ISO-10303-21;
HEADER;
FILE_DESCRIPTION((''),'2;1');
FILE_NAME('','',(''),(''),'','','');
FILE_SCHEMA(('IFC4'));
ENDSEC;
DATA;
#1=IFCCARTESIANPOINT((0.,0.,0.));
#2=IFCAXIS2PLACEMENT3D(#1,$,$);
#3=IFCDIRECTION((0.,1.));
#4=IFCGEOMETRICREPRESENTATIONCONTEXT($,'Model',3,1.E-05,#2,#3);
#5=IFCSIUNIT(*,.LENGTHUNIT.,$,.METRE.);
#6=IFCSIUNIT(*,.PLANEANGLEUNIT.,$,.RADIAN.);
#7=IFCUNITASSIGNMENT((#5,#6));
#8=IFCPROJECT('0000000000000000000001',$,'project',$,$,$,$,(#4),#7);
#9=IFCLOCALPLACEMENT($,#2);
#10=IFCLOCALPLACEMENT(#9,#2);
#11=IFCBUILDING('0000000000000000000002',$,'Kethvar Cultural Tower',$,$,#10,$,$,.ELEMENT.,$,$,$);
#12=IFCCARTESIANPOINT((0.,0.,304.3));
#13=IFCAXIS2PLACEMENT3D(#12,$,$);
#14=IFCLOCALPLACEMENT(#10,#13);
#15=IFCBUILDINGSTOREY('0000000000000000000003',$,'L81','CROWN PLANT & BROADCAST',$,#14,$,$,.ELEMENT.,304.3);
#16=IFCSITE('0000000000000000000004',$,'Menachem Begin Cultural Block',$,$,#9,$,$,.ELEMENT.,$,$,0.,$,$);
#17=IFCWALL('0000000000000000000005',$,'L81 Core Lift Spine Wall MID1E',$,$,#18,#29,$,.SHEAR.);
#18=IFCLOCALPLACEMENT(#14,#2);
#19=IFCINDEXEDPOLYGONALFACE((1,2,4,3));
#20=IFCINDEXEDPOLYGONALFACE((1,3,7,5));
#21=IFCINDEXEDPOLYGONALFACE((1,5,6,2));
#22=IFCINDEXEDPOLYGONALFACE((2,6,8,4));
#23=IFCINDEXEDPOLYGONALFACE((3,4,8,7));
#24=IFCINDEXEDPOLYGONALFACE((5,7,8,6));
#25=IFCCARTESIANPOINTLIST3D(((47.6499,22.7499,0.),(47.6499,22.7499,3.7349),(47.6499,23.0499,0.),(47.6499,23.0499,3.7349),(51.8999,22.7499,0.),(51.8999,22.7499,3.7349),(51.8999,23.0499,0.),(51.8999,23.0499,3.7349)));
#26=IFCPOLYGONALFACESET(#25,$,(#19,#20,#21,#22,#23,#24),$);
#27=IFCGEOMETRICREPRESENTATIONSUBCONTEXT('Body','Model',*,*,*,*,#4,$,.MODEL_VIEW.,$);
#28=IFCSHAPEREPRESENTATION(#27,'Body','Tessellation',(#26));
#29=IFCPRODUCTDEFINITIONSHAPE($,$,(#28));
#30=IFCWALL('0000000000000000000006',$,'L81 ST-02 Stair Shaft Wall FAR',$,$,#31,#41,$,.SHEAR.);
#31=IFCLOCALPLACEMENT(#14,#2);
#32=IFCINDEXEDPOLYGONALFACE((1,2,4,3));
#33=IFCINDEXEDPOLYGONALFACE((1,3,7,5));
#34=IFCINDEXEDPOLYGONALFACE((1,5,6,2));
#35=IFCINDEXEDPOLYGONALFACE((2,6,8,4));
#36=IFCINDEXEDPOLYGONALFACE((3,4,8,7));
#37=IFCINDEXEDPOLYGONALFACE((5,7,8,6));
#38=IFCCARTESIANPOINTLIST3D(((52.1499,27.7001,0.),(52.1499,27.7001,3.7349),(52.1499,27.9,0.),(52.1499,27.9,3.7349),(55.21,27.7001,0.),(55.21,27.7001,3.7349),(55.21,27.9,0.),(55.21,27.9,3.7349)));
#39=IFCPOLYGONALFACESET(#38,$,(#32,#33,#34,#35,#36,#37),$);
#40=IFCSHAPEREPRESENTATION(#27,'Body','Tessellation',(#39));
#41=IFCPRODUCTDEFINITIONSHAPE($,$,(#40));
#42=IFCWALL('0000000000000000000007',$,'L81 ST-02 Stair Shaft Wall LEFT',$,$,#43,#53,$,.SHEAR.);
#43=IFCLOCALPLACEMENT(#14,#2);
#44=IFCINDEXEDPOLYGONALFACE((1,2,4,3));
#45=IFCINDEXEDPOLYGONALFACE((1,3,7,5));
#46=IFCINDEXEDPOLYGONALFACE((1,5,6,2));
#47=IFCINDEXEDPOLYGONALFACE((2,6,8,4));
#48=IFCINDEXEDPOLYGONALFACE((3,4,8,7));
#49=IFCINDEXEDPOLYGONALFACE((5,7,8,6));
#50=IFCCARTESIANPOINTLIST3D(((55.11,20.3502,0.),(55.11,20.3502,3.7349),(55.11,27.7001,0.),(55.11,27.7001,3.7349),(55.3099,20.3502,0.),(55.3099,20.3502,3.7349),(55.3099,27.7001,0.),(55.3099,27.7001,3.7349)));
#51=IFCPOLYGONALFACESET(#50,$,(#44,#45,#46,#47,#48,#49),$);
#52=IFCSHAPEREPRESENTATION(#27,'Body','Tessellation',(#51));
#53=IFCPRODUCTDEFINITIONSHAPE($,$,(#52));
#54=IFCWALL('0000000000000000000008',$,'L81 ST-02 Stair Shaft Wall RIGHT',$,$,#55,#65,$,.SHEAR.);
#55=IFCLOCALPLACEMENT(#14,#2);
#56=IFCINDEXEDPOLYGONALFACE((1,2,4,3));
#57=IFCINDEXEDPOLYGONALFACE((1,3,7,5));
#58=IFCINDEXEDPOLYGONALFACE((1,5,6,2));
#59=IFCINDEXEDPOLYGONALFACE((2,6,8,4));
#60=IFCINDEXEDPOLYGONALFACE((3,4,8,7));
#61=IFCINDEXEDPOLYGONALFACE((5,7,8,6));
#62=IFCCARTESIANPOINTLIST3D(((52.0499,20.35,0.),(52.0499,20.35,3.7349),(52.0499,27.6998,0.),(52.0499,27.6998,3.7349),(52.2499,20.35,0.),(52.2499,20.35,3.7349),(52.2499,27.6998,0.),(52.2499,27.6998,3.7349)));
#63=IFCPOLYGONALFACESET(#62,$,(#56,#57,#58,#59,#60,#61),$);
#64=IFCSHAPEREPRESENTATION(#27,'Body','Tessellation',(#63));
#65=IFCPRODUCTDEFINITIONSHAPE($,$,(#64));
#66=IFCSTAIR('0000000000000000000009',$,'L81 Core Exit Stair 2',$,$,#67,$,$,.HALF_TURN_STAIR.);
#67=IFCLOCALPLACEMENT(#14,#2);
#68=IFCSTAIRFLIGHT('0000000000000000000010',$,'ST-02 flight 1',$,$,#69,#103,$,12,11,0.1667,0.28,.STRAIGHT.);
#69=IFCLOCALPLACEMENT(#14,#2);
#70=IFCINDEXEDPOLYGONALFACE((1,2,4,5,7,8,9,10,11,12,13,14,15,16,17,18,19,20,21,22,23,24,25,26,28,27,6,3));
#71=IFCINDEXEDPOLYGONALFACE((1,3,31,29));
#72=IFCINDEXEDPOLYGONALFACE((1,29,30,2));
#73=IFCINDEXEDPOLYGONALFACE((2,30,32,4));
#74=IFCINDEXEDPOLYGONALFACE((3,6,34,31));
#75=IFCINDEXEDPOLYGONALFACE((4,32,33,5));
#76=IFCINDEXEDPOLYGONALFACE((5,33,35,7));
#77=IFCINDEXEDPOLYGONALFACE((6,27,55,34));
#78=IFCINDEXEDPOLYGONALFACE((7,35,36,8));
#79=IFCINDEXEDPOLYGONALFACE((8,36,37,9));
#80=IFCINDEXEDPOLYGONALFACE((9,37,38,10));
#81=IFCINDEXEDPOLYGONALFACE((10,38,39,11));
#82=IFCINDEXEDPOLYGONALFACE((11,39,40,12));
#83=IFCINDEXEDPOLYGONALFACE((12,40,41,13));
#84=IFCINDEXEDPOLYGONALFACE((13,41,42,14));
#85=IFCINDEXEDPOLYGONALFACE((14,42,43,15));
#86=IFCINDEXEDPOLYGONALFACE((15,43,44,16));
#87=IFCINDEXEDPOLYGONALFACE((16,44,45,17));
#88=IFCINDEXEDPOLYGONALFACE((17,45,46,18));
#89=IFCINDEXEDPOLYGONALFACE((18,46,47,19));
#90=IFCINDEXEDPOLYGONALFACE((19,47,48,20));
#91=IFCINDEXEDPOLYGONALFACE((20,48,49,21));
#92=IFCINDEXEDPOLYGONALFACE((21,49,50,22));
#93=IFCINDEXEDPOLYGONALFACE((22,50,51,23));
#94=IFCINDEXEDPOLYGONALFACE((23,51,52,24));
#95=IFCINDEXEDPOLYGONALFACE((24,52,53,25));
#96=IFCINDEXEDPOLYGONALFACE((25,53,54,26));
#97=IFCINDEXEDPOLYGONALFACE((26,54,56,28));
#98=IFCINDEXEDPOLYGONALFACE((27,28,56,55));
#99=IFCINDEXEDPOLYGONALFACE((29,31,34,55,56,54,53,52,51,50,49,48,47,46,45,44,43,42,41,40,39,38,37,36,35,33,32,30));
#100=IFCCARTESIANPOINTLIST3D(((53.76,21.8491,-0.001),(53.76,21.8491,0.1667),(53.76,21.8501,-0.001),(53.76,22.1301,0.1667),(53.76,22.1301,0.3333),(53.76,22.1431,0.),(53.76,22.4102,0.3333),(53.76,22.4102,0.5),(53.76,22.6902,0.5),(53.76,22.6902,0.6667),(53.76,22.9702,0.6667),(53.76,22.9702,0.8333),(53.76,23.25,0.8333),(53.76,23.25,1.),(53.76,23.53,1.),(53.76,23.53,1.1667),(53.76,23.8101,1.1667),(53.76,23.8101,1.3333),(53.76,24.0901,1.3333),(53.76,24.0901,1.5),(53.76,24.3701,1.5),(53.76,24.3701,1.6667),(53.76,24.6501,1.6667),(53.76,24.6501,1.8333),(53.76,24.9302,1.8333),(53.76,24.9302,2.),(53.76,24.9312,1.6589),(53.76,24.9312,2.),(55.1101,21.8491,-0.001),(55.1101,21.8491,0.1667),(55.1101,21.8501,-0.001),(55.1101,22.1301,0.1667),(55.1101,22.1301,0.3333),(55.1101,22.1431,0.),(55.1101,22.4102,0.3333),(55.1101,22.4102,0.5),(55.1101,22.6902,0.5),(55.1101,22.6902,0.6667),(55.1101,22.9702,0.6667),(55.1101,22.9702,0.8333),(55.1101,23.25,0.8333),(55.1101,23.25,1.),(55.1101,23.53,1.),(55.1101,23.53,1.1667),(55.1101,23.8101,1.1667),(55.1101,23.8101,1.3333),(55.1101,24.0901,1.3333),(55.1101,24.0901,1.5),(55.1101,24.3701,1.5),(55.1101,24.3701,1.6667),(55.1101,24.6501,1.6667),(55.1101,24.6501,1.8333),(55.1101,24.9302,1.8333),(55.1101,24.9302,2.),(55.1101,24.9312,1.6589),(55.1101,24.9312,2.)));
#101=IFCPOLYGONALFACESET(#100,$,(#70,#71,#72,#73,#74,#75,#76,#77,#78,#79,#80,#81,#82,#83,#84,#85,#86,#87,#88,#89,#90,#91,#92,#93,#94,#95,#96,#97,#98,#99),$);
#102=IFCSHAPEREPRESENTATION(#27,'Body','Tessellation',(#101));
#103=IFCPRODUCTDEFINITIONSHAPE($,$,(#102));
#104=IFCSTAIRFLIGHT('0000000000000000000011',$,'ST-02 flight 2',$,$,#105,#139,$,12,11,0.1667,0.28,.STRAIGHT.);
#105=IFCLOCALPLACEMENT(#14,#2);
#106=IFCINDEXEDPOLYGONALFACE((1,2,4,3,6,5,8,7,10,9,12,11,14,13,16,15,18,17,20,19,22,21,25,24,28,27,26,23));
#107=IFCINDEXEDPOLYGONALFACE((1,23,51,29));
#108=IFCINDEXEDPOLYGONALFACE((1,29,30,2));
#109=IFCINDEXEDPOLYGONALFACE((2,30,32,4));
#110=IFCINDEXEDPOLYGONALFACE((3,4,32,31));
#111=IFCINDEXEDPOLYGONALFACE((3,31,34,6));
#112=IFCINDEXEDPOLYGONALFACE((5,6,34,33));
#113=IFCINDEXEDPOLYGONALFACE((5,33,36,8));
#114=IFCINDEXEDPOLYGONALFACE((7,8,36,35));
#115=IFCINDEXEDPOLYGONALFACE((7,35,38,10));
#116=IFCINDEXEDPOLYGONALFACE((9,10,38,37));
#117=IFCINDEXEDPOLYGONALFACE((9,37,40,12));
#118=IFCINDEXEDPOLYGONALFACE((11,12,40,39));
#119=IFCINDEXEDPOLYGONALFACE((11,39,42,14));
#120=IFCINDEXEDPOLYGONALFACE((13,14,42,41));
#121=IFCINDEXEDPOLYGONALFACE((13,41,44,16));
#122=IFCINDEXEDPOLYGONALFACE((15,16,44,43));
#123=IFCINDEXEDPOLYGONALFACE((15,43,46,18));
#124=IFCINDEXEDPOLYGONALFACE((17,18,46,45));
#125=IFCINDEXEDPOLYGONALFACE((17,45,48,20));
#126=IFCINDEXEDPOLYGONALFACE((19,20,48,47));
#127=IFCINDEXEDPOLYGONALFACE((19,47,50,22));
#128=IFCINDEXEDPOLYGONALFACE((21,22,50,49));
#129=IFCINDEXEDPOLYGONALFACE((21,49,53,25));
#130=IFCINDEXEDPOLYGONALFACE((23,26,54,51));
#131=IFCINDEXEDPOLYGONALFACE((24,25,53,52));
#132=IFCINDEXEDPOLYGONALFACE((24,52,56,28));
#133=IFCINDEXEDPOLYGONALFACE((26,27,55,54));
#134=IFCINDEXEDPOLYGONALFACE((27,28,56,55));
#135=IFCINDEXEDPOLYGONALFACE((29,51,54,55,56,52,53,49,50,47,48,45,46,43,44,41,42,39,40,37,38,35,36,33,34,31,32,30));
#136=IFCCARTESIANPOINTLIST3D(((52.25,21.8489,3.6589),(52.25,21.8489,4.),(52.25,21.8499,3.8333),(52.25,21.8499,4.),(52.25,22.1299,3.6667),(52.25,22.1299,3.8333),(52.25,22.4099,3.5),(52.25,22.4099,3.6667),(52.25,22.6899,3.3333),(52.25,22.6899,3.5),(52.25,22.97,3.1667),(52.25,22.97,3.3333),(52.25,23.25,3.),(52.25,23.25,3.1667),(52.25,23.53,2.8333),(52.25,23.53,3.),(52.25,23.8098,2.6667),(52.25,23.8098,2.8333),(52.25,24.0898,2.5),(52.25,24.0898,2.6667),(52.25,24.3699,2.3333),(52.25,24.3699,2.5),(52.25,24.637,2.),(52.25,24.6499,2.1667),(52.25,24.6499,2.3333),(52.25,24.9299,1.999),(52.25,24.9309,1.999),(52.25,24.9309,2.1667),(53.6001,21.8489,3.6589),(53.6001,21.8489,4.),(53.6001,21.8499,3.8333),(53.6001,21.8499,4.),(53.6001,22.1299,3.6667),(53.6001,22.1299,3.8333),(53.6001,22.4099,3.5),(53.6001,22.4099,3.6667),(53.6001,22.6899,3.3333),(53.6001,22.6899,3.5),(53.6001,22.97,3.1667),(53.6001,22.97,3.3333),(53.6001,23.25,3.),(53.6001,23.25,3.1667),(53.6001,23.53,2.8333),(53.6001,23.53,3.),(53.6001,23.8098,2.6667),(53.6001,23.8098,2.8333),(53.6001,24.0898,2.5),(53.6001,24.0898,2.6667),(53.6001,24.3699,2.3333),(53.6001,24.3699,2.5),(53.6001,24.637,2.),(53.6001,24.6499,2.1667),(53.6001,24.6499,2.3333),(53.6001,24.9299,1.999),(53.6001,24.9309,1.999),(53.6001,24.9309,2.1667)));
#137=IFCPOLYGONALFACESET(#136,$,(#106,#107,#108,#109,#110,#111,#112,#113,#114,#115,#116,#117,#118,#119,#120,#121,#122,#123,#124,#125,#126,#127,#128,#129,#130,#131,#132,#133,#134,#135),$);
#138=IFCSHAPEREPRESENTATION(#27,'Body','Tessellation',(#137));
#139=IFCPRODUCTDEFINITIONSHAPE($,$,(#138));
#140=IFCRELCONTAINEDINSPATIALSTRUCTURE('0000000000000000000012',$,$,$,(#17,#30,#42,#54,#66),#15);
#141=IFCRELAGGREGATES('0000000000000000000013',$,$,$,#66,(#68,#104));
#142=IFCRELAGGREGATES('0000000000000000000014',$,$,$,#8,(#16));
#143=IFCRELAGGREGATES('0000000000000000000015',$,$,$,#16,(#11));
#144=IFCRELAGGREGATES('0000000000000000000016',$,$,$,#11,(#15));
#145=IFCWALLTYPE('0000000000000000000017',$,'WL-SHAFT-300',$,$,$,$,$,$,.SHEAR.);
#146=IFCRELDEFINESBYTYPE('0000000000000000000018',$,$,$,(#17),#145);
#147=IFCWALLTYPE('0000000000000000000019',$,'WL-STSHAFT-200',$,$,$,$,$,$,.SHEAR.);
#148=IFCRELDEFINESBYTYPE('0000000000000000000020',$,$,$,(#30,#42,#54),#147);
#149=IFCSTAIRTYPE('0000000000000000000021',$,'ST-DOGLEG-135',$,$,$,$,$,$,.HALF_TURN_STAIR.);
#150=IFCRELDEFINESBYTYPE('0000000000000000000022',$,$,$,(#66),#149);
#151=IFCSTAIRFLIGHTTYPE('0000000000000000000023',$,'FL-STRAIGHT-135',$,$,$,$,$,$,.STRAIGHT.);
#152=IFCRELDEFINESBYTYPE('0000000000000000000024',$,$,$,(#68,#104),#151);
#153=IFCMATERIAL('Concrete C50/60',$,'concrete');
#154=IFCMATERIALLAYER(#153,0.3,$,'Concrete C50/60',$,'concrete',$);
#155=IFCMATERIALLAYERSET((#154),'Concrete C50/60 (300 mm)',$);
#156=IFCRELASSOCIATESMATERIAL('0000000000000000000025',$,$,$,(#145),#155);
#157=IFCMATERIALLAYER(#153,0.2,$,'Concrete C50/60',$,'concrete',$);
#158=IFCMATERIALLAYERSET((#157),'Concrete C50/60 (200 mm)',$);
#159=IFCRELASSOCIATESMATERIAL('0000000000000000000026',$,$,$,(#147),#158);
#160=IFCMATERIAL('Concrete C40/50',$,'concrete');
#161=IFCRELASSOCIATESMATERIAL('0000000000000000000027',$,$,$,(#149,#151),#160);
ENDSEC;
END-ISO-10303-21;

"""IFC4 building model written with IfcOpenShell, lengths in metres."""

from ifc_helpers import new_model, si_unit, direction, frame, frame_2d, origin, place, context, subcontext, project, spatial, polyline, rectangle, outline, extrude, material, layer, layer_set, type_object, element, aggregate, save


model = new_model("IFC4")

# Units and contexts
model_context = context("Model", 3, precision=1e-05, world=origin(), true_north=direction((0.0, 1.0)))
body_context = subcontext(model_context, "Body", "Model", "MODEL_VIEW")
ifc_project = project(units=[si_unit("LENGTHUNIT", "METRE"), si_unit("PLANEANGLEUNIT", "RADIAN")], contexts=[model_context])

# Site, building, storey
site_placement = place(None, origin())
site = spatial("IfcSite", under=ifc_project, at=site_placement, Name="Menachem Begin Cultural Block", CompositionType="ELEMENT", RefElevation=0.0)
building_placement = place(site_placement, origin())
building = spatial("IfcBuilding", under=site, at=building_placement, Name="Kethvar Cultural Tower", CompositionType="ELEMENT")
storey_placement = place(building_placement, frame((0.0, 0.0, 304.3)))
storey = spatial("IfcBuildingStorey", under=building, at=storey_placement, Name="L81", Description="CROWN PLANT & BROADCAST", CompositionType="ELEMENT", Elevation=304.3)

# Shared definitions
ifc_material_1 = material(Name="Concrete C50/60", Category="concrete")

# Wall
ifc_layer_1 = layer(ifc_material_1, 0.3, Name="Concrete C50/60", Category="concrete")
ifc_layer_set_1 = layer_set([ifc_layer_1], Name="Concrete C50/60 (300 mm)")
wall_type_1 = type_object("IfcWallType", Name="WL-SHAFT-300", PredefinedType="SHEAR", material=ifc_layer_set_1)
wall_1_placement = place(storey_placement, frame((47.6499, 22.8999, 0.0), z_axis=(0.0, 0.0, 1.0), x_axis=(1.0, 0.0, 0.0)))
element("IfcWall", 1, at=wall_1_placement, inside=storey, type_object=wall_type_1, Name="L81 Core Lift Spine Wall MID1E", PredefinedType="SHEAR", context=body_context, shape_type="SweptSolid", body=[
    extrude(rectangle(XDim=4.25, YDim=0.3, at=frame_2d((2.125, 0.0))), origin(), (0.0, 0.0, 1.0), 3.7349),
])

# Walls
ifc_layer_2 = layer(ifc_material_1, 0.2, Name="Concrete C50/60", Category="concrete")
ifc_layer_set_2 = layer_set([ifc_layer_2], Name="Concrete C50/60 (200 mm)")
wall_type_2 = type_object("IfcWallType", Name="WL-STSHAFT-200", PredefinedType="SHEAR", material=ifc_layer_set_2)
wall_2_placement = place(storey_placement, frame((52.1499, 27.8, 0.0), z_axis=(0.0, 0.0, 1.0), x_axis=(1.0, 0.0, 0.0)))
element("IfcWall", 2, at=wall_2_placement, inside=storey, type_object=wall_type_2, Name="L81 ST-02 Stair Shaft Wall FAR", PredefinedType="SHEAR", context=body_context, shape_type="SweptSolid", body=[
    extrude(rectangle(XDim=3.0601, YDim=0.2, at=frame_2d((1.53, 0.0))), origin(), (0.0, 0.0, 1.0), 3.7349),
])
for number, where, z_axis, x_axis, name in (
    (3, (55.21, 27.7, 0.0), (0.0, 0.0, 1.0), (0.0, -1.0, 0.0), "L81 ST-02 Stair Shaft Wall LEFT"),
    (4, (52.1499, 20.3501, 0.0), (0.0, 0.0, 1.0), (0.0, 1.0, 0.0), "L81 ST-02 Stair Shaft Wall RIGHT"),
):
    element("IfcWall", number, at=place(storey_placement, frame(where, z_axis=z_axis, x_axis=x_axis)), inside=storey, type_object=wall_type_2, Name=name, PredefinedType="SHEAR", context=body_context, shape_type="SweptSolid", body=[
        extrude(rectangle(XDim=7.3499, YDim=0.2, at=frame_2d((3.6748, 0.0))), origin(), (0.0, 0.0, 1.0), 3.7349),
    ])

# Stair, stair flights
ifc_material_2 = material(Name="Concrete C40/50", Category="concrete")
stair_type = type_object("IfcStairType", Name="ST-DOGLEG-135", PredefinedType="HALF_TURN_STAIR", material=ifc_material_2)
stair_placement = place(storey_placement, origin())
stair = element("IfcStair", 5, at=stair_placement, inside=storey, type_object=stair_type, Name="L81 Core Exit Stair 2", PredefinedType="HALF_TURN_STAIR")
stair_flight_type = type_object("IfcStairFlightType", Name="FL-STRAIGHT-135", PredefinedType="STRAIGHT", material=ifc_material_2)
stair_flight_1_placement = place(storey_placement, frame((54.4351, 21.8501, 0.0), z_axis=(0.0, 0.0, 1.0), x_axis=(0.0, 1.0, 0.0)))
stair_flight_1 = element("IfcStairFlight", 6, at=stair_flight_1_placement, type_object=stair_flight_type, Name="ST-02 flight 1", NumberOfRisers=12, NumberOfTreads=11, PredefinedType="STRAIGHT", RiserHeight=0.1667, TreadLength=0.28, context=body_context, shape_type="SweptSolid", body=[
    extrude(outline(polyline([(-0.001, -0.001), (-0.001, 0.1667), (0.28, 0.1667), (0.28, 0.3333), (0.5601, 0.3333), (0.5601, 0.5), (0.8401, 0.5), (0.8401, 0.6667), (1.1201, 0.6667), (1.1201, 0.8333), (1.3999, 0.8333), (1.3999, 1.0), (1.6799, 1.0), (1.6799, 1.1667), (1.96, 1.1667), (1.96, 1.3333), (2.24, 1.3333), (2.24, 1.5), (2.52, 1.5), (2.52, 1.6667), (2.8, 1.6667), (2.8, 1.8333), (3.0801, 1.8333), (3.0801, 2.0), (3.0811, 2.0), (3.0811, 1.6589), (0.293, 0.0), (0.0, -0.001), (-0.001, -0.001)])), frame((0.0, 0.675, 0.0), z_axis=(0.0, -1.0, 0.0), x_axis=(1.0, 0.0, 0.0)), (0.0, 0.0, 1.0), 1.3501),
])
stair_flight_2_placement = place(storey_placement, frame((52.925, 24.9299, 2.0), z_axis=(0.0, 0.0, 1.0), x_axis=(0.0, -1.0, 0.0)))
stair_flight_2 = element("IfcStairFlight", 7, at=stair_flight_2_placement, type_object=stair_flight_type, Name="ST-02 flight 2", NumberOfRisers=12, NumberOfTreads=11, PredefinedType="STRAIGHT", RiserHeight=0.1667, TreadLength=0.28, context=body_context, shape_type="SweptSolid", body=[
    extrude(outline(polyline([(-0.001, -0.001), (-0.001, 0.1667), (0.28, 0.1667), (0.28, 0.3333), (0.5601, 0.3333), (0.5601, 0.5), (0.8401, 0.5), (0.8401, 0.6667), (1.1201, 0.6667), (1.1201, 0.8333), (1.3999, 0.8333), (1.3999, 1.0), (1.6799, 1.0), (1.6799, 1.1667), (1.96, 1.1667), (1.96, 1.3333), (2.24, 1.3333), (2.24, 1.5), (2.52, 1.5), (2.52, 1.6667), (2.8, 1.6667), (2.8, 1.8333), (3.0801, 1.8333), (3.0801, 2.0), (3.0811, 2.0), (3.0811, 1.6589), (0.293, 0.0), (0.0, -0.001), (-0.001, -0.001)])), frame((0.0, 0.675, 0.0), z_axis=(0.0, -1.0, 0.0), x_axis=(1.0, 0.0, 0.0)), (0.0, 0.0, 1.0), 1.3501),
])
aggregate(stair, [stair_flight_1, stair_flight_2])

save(model, "model.ifc")
